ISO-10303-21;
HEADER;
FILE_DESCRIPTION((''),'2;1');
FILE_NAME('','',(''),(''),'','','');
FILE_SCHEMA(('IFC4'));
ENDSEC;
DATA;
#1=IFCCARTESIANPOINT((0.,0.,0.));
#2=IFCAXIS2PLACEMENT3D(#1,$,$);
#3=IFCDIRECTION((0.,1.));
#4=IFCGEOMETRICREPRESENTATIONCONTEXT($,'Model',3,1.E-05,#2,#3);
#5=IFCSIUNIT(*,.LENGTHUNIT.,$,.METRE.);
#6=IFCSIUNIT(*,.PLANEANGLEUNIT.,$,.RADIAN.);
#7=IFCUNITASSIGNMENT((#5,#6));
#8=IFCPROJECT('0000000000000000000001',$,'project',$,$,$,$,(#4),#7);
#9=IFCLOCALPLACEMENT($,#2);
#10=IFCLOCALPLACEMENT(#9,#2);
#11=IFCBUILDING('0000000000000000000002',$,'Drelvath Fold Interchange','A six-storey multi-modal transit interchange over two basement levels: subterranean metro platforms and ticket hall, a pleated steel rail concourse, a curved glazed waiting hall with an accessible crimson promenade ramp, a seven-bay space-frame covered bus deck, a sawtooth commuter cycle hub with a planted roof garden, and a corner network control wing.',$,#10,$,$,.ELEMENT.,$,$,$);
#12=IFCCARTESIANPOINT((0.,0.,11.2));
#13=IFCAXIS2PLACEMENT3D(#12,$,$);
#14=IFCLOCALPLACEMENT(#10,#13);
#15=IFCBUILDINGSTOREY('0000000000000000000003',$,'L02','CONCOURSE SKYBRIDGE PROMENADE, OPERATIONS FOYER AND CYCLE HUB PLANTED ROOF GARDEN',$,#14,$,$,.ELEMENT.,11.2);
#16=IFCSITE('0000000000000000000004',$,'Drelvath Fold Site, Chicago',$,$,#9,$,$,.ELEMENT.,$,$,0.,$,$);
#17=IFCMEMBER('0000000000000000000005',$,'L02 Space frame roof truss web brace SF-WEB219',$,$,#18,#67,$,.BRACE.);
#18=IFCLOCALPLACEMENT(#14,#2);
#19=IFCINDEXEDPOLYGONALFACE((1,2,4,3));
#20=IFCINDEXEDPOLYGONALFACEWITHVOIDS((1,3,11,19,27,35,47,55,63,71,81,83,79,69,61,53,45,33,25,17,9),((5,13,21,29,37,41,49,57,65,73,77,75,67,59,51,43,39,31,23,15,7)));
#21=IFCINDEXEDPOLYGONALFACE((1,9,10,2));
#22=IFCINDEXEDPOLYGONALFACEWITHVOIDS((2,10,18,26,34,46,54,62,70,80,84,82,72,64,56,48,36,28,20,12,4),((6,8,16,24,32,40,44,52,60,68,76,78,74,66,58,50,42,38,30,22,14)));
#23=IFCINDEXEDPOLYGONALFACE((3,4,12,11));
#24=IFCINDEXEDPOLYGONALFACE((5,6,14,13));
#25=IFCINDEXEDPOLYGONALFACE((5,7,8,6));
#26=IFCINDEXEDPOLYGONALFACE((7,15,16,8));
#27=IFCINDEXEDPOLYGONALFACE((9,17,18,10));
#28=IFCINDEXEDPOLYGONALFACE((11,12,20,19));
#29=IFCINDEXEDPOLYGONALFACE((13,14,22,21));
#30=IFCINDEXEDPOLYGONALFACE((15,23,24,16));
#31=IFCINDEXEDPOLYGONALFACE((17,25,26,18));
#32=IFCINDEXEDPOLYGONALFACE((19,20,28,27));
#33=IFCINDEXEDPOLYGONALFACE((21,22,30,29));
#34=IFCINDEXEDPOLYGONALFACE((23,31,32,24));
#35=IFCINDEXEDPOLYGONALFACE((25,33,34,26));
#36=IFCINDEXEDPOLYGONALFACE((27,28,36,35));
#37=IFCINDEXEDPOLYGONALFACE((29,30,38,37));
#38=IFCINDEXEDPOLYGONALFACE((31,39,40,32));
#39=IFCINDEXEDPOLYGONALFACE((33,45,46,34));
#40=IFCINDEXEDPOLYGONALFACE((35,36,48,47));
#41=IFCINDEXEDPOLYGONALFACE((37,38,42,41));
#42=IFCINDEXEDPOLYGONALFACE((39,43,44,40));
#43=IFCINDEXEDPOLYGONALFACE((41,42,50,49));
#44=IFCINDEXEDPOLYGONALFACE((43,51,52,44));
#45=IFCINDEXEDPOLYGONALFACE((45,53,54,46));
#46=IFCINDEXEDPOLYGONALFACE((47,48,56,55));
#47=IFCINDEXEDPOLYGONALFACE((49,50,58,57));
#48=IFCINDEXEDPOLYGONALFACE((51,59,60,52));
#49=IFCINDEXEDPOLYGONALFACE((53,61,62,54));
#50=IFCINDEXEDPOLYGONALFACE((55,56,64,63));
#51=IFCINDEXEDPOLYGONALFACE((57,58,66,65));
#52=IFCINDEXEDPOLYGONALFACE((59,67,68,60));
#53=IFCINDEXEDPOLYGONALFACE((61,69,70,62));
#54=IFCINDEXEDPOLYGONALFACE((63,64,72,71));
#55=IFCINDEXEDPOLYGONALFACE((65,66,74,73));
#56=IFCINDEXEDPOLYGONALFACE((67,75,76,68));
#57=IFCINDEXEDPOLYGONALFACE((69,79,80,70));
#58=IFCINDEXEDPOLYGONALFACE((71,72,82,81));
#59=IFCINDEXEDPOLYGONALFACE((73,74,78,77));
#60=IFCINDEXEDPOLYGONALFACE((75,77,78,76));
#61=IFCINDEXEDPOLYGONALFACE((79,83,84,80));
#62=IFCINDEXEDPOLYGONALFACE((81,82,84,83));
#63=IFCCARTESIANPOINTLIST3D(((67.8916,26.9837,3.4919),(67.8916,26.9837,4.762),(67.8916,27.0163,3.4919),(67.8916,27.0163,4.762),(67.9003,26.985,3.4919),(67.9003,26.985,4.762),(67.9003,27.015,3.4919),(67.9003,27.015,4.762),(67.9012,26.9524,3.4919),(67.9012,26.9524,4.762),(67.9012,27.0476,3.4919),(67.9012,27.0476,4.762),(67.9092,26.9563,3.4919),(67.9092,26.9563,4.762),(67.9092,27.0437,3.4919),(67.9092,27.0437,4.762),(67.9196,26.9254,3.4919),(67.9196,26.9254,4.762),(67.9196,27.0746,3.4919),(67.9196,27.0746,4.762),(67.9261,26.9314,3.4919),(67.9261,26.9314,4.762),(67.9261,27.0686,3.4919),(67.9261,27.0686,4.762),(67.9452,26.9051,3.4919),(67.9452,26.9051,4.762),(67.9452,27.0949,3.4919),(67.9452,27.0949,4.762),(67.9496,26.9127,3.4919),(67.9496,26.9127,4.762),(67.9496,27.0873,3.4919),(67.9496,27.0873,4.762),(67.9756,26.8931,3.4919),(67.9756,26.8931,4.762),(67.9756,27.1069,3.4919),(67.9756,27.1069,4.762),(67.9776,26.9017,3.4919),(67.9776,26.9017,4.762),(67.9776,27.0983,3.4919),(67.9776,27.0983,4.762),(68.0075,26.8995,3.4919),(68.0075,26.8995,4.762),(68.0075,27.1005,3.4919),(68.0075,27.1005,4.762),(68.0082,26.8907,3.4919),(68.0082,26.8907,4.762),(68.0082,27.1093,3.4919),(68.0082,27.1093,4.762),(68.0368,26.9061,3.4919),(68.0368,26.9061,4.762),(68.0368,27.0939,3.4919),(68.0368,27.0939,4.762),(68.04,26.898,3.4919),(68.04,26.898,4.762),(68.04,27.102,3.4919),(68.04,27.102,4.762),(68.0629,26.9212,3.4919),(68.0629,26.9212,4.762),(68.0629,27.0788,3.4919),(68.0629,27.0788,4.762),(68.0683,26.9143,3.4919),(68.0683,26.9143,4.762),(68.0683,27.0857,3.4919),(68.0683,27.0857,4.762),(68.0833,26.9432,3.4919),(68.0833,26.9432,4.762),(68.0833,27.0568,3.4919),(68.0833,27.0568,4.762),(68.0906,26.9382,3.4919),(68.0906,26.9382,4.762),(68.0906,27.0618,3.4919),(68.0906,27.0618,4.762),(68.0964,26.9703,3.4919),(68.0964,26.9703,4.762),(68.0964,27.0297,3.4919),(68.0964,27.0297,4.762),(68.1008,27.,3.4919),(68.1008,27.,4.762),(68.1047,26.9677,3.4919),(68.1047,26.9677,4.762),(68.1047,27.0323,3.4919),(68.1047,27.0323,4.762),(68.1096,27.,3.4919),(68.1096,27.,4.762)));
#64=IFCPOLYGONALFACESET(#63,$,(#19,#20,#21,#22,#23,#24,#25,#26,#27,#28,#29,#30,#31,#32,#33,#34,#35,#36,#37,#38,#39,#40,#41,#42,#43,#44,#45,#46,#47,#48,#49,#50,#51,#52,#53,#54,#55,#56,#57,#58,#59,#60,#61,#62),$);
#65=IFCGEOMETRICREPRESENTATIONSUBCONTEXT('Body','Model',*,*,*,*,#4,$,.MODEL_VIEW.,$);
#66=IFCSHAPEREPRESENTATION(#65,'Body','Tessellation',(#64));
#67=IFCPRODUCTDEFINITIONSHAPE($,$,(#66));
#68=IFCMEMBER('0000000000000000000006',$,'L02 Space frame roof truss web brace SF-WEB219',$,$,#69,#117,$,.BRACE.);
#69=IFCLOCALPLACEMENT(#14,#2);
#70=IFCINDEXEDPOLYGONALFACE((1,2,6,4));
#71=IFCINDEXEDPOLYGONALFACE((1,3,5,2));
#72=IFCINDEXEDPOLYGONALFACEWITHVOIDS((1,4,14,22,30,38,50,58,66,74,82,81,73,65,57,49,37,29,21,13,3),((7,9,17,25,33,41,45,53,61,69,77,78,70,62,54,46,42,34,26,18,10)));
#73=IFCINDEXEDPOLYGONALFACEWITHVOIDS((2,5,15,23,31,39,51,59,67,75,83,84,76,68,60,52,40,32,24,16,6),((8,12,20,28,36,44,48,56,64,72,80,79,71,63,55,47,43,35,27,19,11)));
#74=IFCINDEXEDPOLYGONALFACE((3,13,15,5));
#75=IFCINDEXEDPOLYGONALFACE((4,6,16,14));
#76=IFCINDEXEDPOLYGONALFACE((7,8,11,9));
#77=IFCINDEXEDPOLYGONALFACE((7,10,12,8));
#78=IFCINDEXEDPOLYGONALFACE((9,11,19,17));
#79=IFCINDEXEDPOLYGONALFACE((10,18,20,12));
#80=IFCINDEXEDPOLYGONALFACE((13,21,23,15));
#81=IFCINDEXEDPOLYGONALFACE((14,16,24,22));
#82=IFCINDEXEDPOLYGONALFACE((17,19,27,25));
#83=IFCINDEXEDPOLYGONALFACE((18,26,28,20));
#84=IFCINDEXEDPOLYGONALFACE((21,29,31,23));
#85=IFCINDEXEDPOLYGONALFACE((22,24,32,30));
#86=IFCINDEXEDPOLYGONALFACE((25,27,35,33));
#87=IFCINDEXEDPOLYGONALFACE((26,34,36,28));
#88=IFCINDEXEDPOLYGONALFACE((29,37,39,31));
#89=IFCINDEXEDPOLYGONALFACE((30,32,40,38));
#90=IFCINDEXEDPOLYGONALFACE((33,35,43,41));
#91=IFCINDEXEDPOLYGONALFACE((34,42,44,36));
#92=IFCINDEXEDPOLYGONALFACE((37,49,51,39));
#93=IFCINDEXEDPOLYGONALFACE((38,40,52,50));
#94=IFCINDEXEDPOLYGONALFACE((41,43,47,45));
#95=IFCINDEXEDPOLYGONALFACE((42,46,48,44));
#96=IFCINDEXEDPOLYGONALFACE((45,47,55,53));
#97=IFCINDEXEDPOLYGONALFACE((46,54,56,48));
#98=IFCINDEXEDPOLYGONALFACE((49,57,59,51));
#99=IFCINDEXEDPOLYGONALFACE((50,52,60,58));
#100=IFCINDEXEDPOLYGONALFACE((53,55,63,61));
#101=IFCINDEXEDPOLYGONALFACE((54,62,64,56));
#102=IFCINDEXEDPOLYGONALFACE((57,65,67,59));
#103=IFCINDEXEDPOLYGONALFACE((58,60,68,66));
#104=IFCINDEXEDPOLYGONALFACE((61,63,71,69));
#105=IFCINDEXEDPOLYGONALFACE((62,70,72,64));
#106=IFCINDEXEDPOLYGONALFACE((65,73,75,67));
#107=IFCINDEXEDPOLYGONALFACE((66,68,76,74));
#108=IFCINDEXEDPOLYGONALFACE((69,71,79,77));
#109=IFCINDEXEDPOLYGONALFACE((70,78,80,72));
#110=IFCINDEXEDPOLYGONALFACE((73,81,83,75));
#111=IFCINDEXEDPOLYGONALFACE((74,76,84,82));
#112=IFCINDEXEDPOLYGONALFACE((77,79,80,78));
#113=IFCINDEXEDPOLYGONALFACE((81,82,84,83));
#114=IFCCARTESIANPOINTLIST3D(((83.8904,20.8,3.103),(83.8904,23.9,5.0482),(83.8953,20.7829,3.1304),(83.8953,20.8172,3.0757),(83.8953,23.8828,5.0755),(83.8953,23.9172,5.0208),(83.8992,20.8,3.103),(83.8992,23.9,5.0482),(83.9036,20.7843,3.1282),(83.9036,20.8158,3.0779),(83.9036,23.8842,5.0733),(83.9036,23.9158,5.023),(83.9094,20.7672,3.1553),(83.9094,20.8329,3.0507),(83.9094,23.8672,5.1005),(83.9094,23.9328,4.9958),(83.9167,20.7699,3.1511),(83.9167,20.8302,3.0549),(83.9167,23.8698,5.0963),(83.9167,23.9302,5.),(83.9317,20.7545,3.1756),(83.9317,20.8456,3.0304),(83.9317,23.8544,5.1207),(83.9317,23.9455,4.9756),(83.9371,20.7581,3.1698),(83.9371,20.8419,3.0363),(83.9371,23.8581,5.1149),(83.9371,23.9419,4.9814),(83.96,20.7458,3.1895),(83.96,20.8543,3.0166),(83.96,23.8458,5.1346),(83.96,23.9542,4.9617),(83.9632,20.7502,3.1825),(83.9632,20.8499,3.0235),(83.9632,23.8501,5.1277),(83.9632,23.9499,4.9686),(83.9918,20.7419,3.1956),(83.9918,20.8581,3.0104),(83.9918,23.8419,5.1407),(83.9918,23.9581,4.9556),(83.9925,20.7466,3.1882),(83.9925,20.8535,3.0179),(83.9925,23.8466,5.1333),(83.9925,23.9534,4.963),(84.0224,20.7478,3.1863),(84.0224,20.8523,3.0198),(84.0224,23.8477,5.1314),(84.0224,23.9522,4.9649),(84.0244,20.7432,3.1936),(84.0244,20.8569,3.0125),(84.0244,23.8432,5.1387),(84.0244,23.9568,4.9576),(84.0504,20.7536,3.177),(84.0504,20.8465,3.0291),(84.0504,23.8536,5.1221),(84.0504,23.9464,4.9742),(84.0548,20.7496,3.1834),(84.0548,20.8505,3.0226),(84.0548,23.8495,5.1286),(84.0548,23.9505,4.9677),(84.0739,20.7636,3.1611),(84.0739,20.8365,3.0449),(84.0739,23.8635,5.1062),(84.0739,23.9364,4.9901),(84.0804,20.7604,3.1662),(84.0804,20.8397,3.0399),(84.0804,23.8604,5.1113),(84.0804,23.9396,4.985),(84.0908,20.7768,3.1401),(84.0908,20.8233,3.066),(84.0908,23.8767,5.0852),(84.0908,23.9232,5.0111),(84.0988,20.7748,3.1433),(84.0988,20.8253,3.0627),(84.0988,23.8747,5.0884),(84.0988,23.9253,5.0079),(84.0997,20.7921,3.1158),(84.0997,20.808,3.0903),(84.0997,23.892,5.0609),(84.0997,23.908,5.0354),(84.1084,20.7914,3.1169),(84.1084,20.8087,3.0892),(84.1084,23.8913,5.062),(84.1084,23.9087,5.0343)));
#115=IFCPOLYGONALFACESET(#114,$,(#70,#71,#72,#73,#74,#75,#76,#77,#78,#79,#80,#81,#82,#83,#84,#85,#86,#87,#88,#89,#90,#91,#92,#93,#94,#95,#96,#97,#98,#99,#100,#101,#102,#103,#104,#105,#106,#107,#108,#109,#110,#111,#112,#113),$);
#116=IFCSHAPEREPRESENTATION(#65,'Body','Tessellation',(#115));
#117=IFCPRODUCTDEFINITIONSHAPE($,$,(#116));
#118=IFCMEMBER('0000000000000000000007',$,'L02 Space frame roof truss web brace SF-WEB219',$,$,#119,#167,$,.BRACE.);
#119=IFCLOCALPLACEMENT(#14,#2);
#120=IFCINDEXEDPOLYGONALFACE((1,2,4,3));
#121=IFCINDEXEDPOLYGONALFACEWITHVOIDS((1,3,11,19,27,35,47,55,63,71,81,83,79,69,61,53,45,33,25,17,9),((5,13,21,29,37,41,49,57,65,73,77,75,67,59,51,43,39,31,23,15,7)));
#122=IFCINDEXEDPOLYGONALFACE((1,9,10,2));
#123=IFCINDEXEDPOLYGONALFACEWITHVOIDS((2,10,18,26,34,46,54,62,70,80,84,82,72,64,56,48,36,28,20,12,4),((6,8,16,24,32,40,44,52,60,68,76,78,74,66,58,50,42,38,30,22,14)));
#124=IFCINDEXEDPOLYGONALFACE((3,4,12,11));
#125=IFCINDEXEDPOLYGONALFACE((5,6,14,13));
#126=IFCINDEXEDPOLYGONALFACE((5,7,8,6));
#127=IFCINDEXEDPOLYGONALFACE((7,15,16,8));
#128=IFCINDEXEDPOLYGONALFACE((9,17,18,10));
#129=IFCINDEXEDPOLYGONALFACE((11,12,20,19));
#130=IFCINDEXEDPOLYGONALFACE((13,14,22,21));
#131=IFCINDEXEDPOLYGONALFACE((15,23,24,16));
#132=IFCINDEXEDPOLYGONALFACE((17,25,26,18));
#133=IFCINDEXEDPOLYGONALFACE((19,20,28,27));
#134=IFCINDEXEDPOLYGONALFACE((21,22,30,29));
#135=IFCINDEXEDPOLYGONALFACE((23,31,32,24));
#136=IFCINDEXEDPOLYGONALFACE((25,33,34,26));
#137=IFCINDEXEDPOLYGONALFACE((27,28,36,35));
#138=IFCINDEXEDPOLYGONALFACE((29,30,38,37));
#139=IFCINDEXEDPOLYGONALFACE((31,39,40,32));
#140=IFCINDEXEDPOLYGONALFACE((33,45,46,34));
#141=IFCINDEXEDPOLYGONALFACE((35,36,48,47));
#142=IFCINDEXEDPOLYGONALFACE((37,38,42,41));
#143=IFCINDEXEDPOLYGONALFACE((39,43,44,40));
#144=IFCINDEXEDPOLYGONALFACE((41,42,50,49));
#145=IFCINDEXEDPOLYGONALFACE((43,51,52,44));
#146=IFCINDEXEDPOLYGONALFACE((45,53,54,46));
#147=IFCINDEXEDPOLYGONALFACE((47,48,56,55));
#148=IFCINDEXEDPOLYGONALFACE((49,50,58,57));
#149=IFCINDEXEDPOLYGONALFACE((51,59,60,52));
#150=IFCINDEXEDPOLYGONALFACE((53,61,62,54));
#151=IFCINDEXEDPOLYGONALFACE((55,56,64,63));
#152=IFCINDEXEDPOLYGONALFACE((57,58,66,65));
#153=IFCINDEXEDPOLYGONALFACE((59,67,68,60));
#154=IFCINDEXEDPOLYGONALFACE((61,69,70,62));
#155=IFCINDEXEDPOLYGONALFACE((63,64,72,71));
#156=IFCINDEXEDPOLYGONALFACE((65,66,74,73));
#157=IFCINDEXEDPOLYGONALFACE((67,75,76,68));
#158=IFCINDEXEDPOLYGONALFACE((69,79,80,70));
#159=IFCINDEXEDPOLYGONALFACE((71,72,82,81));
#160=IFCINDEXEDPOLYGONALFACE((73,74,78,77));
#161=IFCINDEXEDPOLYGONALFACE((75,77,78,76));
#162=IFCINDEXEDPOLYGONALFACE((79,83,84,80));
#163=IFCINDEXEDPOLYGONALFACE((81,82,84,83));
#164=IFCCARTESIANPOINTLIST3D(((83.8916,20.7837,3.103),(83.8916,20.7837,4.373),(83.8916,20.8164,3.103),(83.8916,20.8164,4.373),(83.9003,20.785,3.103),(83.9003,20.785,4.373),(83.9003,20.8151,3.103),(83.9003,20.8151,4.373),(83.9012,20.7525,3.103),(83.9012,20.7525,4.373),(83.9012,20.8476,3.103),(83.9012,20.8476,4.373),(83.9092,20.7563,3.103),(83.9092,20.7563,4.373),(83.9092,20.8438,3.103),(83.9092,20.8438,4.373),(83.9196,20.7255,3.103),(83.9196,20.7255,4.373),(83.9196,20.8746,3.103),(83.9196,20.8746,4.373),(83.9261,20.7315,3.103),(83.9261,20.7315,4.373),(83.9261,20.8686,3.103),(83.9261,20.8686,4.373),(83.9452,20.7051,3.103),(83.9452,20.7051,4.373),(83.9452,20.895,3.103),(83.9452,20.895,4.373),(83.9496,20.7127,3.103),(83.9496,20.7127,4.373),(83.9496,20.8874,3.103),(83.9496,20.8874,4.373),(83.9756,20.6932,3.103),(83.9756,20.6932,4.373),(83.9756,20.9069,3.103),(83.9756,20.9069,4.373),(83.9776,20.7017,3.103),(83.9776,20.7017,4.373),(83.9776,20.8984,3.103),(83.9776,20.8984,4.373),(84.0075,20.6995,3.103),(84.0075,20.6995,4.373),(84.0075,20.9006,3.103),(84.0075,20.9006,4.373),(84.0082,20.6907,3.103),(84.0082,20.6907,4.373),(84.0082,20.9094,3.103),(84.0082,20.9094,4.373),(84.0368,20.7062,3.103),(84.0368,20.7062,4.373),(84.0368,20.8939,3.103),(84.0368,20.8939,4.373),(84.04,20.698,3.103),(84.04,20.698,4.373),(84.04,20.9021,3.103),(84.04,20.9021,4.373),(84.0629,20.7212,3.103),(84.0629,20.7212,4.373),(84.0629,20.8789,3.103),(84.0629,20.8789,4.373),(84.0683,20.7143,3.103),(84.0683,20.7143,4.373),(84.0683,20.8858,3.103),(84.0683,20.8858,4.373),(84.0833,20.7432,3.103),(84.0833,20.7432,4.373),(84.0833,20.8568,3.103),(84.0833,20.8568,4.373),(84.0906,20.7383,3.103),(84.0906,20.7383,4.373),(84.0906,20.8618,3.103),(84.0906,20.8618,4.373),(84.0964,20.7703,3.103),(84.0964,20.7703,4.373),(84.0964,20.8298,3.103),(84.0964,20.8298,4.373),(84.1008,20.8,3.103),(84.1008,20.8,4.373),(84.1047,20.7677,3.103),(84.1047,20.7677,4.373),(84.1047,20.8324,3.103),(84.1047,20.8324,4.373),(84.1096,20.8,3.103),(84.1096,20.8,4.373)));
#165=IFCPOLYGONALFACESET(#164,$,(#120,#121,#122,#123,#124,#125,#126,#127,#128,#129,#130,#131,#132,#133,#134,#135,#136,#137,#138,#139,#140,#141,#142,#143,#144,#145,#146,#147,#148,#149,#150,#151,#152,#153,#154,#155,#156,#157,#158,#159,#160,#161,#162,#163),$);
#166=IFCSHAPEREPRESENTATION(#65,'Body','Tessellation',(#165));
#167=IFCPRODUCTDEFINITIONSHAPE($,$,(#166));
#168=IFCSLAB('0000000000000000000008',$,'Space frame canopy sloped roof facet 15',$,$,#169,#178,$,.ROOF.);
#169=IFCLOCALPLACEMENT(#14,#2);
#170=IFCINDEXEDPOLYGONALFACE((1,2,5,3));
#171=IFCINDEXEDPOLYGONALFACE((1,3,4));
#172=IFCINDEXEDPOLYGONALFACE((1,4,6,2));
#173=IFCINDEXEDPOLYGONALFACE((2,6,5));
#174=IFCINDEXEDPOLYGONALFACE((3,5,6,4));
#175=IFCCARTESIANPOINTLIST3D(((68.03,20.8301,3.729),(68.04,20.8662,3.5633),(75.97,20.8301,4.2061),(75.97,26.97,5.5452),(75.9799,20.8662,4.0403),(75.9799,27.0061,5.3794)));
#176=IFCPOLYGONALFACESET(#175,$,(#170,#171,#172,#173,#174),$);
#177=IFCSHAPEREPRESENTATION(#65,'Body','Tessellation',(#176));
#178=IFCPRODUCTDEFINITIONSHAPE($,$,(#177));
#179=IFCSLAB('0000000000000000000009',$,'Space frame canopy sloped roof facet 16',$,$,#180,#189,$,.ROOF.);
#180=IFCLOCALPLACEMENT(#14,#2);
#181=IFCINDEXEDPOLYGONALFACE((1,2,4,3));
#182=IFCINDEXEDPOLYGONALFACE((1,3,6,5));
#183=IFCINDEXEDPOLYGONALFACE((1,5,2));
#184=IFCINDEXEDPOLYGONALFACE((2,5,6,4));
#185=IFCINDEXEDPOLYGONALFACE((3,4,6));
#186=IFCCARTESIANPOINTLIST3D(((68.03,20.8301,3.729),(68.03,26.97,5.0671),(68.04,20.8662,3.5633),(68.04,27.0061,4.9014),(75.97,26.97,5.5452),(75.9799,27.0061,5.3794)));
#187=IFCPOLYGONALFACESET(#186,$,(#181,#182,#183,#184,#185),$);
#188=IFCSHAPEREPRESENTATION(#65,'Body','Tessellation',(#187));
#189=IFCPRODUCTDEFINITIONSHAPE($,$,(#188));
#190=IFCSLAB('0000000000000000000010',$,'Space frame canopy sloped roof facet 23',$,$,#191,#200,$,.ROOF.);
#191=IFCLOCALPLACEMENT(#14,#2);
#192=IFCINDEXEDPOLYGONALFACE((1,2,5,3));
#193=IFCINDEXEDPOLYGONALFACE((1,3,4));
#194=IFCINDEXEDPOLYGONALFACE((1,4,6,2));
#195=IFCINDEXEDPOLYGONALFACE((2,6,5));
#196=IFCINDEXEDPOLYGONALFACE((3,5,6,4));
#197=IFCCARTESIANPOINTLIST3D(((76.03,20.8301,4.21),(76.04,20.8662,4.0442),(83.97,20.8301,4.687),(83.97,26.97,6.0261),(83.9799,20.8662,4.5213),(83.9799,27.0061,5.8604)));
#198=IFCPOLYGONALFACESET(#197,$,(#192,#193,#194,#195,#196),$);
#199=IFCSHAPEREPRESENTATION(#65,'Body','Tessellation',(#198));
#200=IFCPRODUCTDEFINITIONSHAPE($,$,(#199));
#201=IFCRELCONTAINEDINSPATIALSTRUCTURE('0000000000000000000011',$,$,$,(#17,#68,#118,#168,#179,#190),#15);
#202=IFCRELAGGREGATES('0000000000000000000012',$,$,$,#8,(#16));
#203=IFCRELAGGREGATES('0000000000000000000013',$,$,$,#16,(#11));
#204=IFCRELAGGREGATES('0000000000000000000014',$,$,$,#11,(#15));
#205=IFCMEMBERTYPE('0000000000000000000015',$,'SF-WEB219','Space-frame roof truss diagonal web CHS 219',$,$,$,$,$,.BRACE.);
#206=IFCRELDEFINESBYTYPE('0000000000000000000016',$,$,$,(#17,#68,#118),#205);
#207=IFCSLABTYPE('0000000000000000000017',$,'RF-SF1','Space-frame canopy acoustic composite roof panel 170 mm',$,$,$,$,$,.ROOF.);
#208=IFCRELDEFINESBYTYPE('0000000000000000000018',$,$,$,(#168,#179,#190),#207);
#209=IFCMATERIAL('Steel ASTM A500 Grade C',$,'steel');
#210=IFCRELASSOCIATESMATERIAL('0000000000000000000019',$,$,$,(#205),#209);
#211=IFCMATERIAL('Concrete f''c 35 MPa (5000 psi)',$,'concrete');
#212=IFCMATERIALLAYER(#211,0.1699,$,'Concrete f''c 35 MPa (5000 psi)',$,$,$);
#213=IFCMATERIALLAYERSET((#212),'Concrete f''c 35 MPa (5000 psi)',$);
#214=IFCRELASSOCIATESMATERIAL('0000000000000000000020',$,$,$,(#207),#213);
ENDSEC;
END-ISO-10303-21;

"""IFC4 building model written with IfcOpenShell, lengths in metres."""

from ifc_helpers import new_model, si_unit, direction, frame, origin, origin_2d, place, context, subcontext, project, spatial, polyline, hollow_circle, outline, extrude, material, layer, layer_set, material_profile, profile_set, type_object, element, save


model = new_model("IFC4")

# Units and contexts
model_context = context("Model", 3, precision=1e-05, world=origin(), true_north=direction((0.0, 1.0)))
body_context = subcontext(model_context, "Body", "Model", "MODEL_VIEW")
ifc_project = project(units=[si_unit("LENGTHUNIT", "METRE"), si_unit("PLANEANGLEUNIT", "RADIAN")], contexts=[model_context])

# Site, building, storey
site_placement = place(None, origin())
site = spatial("IfcSite", under=ifc_project, at=site_placement, Name="Drelvath Fold Site, Chicago", CompositionType="ELEMENT", RefElevation=0.0)
building_placement = place(site_placement, origin())
building = spatial("IfcBuilding", under=site, at=building_placement, Name="Drelvath Fold Interchange", Description="A six-storey multi-modal transit interchange over two basement levels: subterranean metro platforms and ticket hall, a pleated steel rail concourse, a curved glazed waiting hall with an accessible crimson promenade ramp, a seven-bay space-frame covered bus deck, a sawtooth commuter cycle hub with a planted roof garden, and a corner network control wing.", CompositionType="ELEMENT")
storey_placement = place(building_placement, frame((0.0, 0.0, 11.2)))
storey = spatial("IfcBuildingStorey", under=building, at=storey_placement, Name="L02", Description="CONCOURSE SKYBRIDGE PROMENADE, OPERATIONS FOYER AND CYCLE HUB PLANTED ROOF GARDEN", CompositionType="ELEMENT", Elevation=11.2)

# Shared definitions
ifc_material_1 = material(Name="Steel ASTM A500 Grade C", Category="steel")

# Members
ifc_material_profile_1 = material_profile(ifc_material_1, hollow_circle(Radius=0.1096, WallThickness=0.0088, at=origin_2d()), Name="HSS8.625X0.375")
ifc_profile_set_1 = profile_set([ifc_material_profile_1], Name="Steel ASTM A500 Grade C")
member_type_1 = type_object("IfcMemberType", Name="SF-WEB219", Description="Space-frame roof truss diagonal web CHS 219", PredefinedType="BRACE", material=ifc_profile_set_1)
member_1_placement = place(storey_placement, frame((68.0, 27.0, 3.4919), z_axis=(0.0, 0.0, 1.0), x_axis=(1.0, 0.0, 0.0)))
element("IfcMember", 1, at=member_1_placement, inside=storey, type_object=member_type_1, Name="L02 Space frame roof truss web brace SF-WEB219", PredefinedType="BRACE", context=body_context, shape_type="SweptSolid", body=[
    extrude(hollow_circle(Radius=0.1096, WallThickness=0.0088, at=origin_2d()), origin(), (0.0, 0.0, 1.0), 1.27),
])
member_2_placement = place(storey_placement, frame((84.0, 20.8, 3.103), z_axis=(0.0, 0.847056, 0.531503), x_axis=(-1.0, 0.0, 0.0)))
element("IfcMember", 2, at=member_2_placement, inside=storey, type_object=member_type_1, Name="L02 Space frame roof truss web brace SF-WEB219", PredefinedType="BRACE", context=body_context, shape_type="SweptSolid", body=[
    extrude(hollow_circle(Radius=0.1096, WallThickness=0.0088, at=origin_2d()), origin(), (0.0, 0.0, 1.0), 3.6597),
])
member_3_placement = place(storey_placement, frame((84.0, 20.8, 3.103), z_axis=(0.0, 0.0, 1.0), x_axis=(1.0, 0.0, 0.0)))
element("IfcMember", 3, at=member_3_placement, inside=storey, type_object=member_type_1, Name="L02 Space frame roof truss web brace SF-WEB219", PredefinedType="BRACE", context=body_context, shape_type="SweptSolid", body=[
    extrude(hollow_circle(Radius=0.1096, WallThickness=0.0088, at=origin_2d()), origin(), (0.0, 0.0, 1.0), 1.27),
])

# Slabs
ifc_material_2 = material(Name="Concrete f'c 35 MPa (5000 psi)", Category="concrete")
ifc_layer_1 = layer(ifc_material_2, 0.1699, Name="Concrete f'c 35 MPa (5000 psi)")
ifc_layer_set_1 = layer_set([ifc_layer_1], Name="Concrete f'c 35 MPa (5000 psi)")
slab_type = type_object("IfcSlabType", Name="RF-SF1", Description="Space-frame canopy acoustic composite roof panel 170 mm", PredefinedType="ROOF", material=ifc_layer_set_1)
slab_1_placement = place(storey_placement, frame((68.03, 20.8301, 3.729), z_axis=(-0.058602, -0.212725, 0.975353), x_axis=(0.9982, 0.0, 0.059974)))
element("IfcSlab", 4, at=slab_1_placement, inside=storey, type_object=slab_type, Name="Space frame canopy sloped roof facet 15", PredefinedType="ROOF", context=body_context, shape_type="SweptSolid", body=[
    extrude(outline(polyline([(0.0, 0.0), (7.9543, 0.0), (8.0346, 6.2837), (0.0, 0.0)])), origin(), (0.0, 0.0, -1.0), 0.1699),
])
slab_2_placement = place(storey_placement, frame((68.03, 20.8301, 3.729), z_axis=(-0.058723, -0.212575, 0.975379), x_axis=(0.778428, 0.601952, 0.178056)))
element("IfcSlab", 5, at=slab_2_placement, inside=storey, type_object=slab_type, Name="Space frame canopy sloped roof facet 16", PredefinedType="ROOF", context=body_context, shape_type="SweptSolid", body=[
    extrude(outline(polyline([(0.0, 0.0), (10.2, 0.0), (3.9342, 4.9001), (0.0, 0.0)])), origin(), (0.0, 0.0, -1.0), 0.1699),
])
slab_3_placement = place(storey_placement, frame((76.03, 20.8301, 4.21), z_axis=(-0.058602, -0.212725, 0.975353), x_axis=(0.9982, 0.0, 0.059974)))
element("IfcSlab", 6, at=slab_3_placement, inside=storey, type_object=slab_type, Name="Space frame canopy sloped roof facet 23", PredefinedType="ROOF", context=body_context, shape_type="SweptSolid", body=[
    extrude(outline(polyline([(0.0, 0.0), (7.9543, 0.0), (8.0346, 6.2837), (0.0, 0.0)])), origin(), (0.0, 0.0, -1.0), 0.1699),
])

save(model, "model.ifc")
